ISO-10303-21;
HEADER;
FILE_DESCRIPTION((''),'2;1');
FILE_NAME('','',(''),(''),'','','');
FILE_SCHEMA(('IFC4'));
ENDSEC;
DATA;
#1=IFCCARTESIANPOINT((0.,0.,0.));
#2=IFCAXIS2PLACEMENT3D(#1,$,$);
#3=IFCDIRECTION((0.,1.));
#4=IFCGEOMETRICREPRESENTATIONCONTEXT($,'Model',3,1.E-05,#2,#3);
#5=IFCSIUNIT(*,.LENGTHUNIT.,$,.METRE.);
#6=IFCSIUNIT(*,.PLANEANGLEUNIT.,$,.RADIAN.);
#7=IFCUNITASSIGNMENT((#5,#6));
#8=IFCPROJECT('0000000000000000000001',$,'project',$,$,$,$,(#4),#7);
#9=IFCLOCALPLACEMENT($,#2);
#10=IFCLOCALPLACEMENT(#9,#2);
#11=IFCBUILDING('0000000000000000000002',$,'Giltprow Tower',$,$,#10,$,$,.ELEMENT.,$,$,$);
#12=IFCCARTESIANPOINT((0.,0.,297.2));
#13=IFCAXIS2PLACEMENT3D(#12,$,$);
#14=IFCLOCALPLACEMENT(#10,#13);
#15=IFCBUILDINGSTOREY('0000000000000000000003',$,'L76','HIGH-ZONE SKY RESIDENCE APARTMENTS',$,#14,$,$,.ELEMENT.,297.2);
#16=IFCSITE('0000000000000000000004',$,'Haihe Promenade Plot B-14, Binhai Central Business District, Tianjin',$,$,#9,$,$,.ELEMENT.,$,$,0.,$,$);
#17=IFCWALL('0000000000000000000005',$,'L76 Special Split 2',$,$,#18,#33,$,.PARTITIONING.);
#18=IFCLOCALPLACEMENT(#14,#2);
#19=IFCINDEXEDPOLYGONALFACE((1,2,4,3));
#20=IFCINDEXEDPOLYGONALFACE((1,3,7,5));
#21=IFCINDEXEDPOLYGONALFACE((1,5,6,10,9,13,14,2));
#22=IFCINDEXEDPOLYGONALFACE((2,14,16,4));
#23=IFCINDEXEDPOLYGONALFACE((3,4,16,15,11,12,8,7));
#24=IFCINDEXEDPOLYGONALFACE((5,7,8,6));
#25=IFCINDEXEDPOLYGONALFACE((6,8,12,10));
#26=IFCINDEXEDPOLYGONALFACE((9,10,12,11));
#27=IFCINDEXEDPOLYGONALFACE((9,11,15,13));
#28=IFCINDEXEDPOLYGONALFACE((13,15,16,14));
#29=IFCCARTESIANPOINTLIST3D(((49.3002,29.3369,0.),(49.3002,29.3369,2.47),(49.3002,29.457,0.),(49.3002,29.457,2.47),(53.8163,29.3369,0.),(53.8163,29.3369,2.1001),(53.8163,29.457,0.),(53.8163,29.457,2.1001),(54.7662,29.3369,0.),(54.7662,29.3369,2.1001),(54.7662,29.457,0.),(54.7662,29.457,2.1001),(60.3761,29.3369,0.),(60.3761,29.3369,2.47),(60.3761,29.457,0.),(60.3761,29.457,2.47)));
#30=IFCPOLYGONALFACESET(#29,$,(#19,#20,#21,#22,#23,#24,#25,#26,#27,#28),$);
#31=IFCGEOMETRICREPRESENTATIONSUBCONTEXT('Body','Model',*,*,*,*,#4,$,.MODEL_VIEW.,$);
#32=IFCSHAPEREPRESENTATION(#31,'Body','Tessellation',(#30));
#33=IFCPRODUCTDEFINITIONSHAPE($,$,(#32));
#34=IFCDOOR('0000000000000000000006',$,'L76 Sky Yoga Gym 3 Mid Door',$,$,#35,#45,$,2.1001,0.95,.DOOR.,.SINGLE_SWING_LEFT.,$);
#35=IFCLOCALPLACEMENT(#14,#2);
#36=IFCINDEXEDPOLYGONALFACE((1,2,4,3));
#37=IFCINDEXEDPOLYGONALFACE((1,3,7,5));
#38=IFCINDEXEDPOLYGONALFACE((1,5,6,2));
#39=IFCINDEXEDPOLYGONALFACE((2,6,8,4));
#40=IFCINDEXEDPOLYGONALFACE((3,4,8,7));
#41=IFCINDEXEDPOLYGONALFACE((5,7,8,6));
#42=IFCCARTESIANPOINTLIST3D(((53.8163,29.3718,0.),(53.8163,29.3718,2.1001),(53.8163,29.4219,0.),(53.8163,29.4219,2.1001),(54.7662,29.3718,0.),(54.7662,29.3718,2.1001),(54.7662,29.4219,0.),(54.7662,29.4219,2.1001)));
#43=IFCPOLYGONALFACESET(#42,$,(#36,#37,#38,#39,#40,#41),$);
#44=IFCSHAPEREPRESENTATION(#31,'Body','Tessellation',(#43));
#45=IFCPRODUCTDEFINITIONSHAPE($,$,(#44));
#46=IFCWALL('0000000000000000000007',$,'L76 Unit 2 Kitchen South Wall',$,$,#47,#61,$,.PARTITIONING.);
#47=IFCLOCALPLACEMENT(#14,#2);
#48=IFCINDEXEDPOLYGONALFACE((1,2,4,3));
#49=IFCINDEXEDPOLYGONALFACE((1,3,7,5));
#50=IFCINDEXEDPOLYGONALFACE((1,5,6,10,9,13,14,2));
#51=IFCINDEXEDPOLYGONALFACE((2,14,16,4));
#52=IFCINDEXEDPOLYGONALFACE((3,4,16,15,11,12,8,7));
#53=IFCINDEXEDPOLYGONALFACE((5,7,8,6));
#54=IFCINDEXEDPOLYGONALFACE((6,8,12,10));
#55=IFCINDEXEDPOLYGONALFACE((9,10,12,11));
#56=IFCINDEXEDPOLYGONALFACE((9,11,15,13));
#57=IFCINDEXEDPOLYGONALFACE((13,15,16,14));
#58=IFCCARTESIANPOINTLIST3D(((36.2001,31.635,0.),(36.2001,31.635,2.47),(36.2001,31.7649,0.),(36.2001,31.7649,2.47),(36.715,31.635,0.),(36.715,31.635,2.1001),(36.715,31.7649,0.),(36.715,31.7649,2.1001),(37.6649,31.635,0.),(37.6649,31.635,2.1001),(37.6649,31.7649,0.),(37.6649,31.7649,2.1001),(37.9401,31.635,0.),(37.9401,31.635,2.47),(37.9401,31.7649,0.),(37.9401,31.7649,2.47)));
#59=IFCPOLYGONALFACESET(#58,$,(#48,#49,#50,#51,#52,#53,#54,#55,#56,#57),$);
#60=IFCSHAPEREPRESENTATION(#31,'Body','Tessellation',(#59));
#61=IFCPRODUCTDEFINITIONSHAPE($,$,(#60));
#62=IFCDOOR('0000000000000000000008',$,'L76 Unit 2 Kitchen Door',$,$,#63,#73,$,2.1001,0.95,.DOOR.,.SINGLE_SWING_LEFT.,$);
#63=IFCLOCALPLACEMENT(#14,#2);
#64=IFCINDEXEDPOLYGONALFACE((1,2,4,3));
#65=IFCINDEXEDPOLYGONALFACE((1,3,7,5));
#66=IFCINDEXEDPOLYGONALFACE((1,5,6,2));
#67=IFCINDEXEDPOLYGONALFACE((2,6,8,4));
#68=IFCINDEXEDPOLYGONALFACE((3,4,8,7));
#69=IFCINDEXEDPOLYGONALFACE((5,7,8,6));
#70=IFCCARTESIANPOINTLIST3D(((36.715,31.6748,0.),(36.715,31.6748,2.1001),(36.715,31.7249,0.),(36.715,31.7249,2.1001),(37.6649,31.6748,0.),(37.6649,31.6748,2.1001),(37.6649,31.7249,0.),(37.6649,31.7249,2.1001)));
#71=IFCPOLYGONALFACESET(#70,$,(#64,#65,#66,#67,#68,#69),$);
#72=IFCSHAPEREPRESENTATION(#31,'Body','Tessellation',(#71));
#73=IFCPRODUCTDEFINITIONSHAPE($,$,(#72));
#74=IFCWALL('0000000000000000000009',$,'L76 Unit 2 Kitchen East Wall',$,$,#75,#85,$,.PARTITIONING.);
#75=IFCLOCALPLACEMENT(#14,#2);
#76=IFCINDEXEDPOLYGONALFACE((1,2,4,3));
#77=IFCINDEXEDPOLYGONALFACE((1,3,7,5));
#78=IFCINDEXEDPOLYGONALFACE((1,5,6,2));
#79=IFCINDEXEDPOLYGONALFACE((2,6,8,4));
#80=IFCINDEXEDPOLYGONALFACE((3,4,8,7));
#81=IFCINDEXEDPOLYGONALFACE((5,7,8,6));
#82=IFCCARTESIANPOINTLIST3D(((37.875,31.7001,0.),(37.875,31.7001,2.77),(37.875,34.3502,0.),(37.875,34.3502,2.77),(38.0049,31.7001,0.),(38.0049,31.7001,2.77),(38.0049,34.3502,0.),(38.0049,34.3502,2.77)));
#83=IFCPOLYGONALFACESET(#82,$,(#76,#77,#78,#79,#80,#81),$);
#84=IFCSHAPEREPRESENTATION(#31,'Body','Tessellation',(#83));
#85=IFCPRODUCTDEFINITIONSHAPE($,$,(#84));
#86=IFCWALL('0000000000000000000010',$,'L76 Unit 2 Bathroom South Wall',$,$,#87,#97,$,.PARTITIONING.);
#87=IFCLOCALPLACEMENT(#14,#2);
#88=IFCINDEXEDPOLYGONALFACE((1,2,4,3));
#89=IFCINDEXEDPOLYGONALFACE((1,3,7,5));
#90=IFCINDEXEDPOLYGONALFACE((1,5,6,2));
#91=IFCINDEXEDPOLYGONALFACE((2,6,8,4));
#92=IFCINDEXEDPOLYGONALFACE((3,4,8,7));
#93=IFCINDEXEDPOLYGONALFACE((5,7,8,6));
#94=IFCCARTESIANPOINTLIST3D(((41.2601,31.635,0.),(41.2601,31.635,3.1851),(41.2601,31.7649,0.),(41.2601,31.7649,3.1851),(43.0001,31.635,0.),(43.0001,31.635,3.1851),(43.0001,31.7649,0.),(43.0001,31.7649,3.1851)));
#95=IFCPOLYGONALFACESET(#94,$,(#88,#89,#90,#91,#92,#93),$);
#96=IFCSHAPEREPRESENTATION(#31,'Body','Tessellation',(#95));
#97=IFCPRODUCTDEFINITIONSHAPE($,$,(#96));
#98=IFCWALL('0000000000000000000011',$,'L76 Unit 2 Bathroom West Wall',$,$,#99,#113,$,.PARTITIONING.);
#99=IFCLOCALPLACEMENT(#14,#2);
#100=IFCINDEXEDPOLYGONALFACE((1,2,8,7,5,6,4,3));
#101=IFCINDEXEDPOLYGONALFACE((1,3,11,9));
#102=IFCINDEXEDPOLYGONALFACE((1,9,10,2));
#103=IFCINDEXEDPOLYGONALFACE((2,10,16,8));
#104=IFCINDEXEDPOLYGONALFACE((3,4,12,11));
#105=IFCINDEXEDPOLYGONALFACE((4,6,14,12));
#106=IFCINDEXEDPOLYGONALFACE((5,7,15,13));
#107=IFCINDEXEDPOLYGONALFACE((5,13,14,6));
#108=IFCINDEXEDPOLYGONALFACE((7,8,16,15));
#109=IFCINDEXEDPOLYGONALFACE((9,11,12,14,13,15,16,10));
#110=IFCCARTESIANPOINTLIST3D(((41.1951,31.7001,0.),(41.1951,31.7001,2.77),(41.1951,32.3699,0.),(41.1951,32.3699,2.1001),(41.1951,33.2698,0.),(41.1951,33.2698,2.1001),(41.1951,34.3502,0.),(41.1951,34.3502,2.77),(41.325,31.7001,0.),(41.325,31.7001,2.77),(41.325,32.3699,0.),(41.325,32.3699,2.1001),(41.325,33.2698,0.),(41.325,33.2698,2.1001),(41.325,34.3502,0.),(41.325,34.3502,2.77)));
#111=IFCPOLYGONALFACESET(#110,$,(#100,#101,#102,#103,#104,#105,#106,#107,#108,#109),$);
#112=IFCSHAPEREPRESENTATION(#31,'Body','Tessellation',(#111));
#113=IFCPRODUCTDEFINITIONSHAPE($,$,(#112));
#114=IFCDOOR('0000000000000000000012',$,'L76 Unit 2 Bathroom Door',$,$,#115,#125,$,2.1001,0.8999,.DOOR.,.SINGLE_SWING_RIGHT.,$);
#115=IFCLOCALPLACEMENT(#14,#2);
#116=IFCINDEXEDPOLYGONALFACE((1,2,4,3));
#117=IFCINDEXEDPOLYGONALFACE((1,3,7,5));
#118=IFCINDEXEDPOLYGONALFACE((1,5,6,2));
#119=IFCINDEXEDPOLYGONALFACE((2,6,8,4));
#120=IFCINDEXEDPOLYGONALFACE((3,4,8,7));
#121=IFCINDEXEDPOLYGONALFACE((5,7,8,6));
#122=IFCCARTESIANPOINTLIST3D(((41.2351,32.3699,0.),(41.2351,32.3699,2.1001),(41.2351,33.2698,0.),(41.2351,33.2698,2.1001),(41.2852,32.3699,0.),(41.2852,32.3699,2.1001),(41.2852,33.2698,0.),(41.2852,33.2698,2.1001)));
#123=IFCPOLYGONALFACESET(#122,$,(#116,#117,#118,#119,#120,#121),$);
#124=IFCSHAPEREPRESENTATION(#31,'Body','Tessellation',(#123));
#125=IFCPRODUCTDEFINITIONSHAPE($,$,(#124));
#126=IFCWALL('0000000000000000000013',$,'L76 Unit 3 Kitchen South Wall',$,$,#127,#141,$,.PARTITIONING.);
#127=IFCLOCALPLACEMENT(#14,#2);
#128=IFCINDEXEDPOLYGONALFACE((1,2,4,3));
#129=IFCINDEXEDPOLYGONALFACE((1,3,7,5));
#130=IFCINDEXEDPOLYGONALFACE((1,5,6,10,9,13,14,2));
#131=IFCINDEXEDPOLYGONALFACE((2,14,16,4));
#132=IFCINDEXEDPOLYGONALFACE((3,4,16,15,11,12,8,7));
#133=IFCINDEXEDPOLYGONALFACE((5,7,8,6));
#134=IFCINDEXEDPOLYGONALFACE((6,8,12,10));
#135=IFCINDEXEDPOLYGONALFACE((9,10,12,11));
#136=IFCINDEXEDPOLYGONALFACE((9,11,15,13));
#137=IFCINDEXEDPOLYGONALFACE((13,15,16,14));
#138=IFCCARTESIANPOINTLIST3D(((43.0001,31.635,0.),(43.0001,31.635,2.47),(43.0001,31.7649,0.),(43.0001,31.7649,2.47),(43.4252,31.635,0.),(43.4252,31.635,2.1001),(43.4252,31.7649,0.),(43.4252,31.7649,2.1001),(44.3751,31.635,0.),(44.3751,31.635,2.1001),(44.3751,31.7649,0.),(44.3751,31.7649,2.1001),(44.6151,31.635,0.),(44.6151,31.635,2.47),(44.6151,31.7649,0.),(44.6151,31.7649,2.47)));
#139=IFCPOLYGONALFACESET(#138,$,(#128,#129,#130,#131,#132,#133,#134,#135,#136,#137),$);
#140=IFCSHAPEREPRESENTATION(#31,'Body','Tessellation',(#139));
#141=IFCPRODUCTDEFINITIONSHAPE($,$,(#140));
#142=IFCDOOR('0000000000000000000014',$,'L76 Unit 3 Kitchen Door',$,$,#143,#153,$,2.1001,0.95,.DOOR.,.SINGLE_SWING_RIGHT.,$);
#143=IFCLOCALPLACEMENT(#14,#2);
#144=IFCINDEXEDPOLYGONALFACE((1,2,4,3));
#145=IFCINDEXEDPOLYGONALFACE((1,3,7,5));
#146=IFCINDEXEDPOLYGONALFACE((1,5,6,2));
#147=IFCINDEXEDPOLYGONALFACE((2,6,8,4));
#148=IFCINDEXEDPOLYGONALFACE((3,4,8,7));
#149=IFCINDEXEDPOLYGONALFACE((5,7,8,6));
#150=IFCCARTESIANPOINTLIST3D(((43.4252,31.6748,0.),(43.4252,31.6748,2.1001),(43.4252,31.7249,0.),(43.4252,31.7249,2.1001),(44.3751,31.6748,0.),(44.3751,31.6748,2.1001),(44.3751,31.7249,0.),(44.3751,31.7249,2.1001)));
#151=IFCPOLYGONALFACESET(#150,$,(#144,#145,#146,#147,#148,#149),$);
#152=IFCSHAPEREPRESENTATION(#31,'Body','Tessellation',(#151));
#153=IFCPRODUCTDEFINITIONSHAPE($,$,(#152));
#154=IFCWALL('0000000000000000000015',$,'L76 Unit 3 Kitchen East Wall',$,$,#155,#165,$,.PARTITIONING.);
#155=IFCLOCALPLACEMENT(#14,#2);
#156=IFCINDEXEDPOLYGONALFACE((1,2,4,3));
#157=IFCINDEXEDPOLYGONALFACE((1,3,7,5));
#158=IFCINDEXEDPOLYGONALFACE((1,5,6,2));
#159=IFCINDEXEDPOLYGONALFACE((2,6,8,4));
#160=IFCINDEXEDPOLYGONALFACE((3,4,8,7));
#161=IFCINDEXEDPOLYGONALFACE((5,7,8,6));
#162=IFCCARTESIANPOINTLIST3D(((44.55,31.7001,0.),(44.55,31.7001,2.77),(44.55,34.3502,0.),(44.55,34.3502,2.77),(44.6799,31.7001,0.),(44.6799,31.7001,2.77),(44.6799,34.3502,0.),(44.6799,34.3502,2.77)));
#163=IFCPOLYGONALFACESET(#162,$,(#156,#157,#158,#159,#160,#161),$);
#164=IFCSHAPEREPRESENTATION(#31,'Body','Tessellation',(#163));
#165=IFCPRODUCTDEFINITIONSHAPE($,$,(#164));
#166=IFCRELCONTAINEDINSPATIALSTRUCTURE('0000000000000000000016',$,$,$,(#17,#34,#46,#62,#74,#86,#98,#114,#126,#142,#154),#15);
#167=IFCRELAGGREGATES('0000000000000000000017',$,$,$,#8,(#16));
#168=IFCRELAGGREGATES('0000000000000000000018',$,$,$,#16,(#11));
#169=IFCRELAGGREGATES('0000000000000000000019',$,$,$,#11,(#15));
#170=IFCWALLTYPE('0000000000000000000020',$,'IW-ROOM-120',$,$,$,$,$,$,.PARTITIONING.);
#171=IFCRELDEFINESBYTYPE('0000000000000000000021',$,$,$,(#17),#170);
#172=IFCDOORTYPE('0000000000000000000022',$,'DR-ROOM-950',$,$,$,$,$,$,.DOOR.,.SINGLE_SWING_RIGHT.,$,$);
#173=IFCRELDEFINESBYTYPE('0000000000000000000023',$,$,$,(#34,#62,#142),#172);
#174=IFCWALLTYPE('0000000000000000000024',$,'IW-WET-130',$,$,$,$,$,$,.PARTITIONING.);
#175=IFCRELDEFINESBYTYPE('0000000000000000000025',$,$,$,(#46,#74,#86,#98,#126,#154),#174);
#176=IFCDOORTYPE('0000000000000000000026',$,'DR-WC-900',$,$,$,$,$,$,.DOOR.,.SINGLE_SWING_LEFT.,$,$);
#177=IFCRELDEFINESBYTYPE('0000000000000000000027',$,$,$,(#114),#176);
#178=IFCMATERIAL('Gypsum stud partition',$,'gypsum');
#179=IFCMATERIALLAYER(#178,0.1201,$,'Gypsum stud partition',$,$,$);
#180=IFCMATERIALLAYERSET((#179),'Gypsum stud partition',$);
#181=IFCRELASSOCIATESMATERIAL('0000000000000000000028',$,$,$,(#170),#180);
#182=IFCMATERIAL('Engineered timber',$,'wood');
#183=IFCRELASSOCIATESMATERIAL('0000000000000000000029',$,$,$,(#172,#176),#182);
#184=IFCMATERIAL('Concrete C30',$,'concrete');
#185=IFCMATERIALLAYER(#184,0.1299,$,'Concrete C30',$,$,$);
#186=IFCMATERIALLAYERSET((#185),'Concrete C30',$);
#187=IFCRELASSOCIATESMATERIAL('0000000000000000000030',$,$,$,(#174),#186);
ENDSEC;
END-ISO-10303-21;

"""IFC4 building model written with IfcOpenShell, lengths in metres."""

from ifc_helpers import new_model, si_unit, direction, frame, frame_2d, origin, place, context, subcontext, project, spatial, rectangle, extrude, source, transform, mapped, material, layer, layer_set, type_object, element, fill, save


model = new_model("IFC4")

# Units and contexts
model_context = context("Model", 3, precision=1e-05, world=origin(), true_north=direction((0.0, 1.0)))
body_context = subcontext(model_context, "Body", "Model", "MODEL_VIEW")
ifc_project = project(units=[si_unit("LENGTHUNIT", "METRE"), si_unit("PLANEANGLEUNIT", "RADIAN")], contexts=[model_context])

# Site, building, storey
site_placement = place(None, origin())
site = spatial("IfcSite", under=ifc_project, at=site_placement, Name="Haihe Promenade Plot B-14, Binhai Central Business District, Tianjin", CompositionType="ELEMENT", RefElevation=0.0)
building_placement = place(site_placement, origin())
building = spatial("IfcBuilding", under=site, at=building_placement, Name="Giltprow Tower", CompositionType="ELEMENT")
storey_placement = place(building_placement, frame((0.0, 0.0, 297.2)))
storey = spatial("IfcBuildingStorey", under=building, at=storey_placement, Name="L76", Description="HIGH-ZONE SKY RESIDENCE APARTMENTS", CompositionType="ELEMENT", Elevation=297.2)

# Shared definitions
ifc_material_1 = material(Name="Gypsum stud partition", Category="gypsum")
ifc_layer_1 = layer(ifc_material_1, 0.1201, Name="Gypsum stud partition")
ifc_layer_set_1 = layer_set([ifc_layer_1], Name="Gypsum stud partition")
wall_type_1 = type_object("IfcWallType", Name="IW-ROOM-120", PredefinedType="PARTITIONING", material=ifc_layer_set_1)

# Walls, openings, doors
ifc_material_2 = material(Name="Engineered timber", Category="wood")
door_type_1 = type_object("IfcDoorType", Name="DR-ROOM-950", OperationType="SINGLE_SWING_RIGHT", PredefinedType="DOOR", material=ifc_material_2)
shared_shape_1 = source(origin(), body_context, "Body", "SweptSolid", [
    extrude(rectangle(XDim=0.95, YDim=2.1001, at=frame_2d((0.4751, 1.05))), frame((0.0, 0.0249, 0.0), z_axis=(0.0, -1.0, 0.0), x_axis=(1.0, 0.0, 0.0)), (0.0, 0.0, 1.0), 0.05),
])
wall_1_placement = place(storey_placement, frame((49.3, 29.397, 0.0), z_axis=(0.0, 0.0, 1.0), x_axis=(1.0, 0.0, 0.0)))
wall_1 = element("IfcWall", 1, at=wall_1_placement, inside=storey, type_object=wall_type_1, Name="L76 Special Split 2", PredefinedType="PARTITIONING", context=body_context, shape_type="SweptSolid", body=[
    extrude(rectangle(XDim=11.0759, YDim=0.1201, at=frame_2d((5.5381, 0.0))), origin(), (0.0, 0.0, 1.0), 2.47),
])
opening_1_placement = place(wall_1_placement, frame((4.5161, 0.0, 0.0)))
opening_1 = element("IfcOpeningElement", 2, at=opening_1_placement, cuts=wall_1, PredefinedType="OPENING", context=body_context, shape_type="SweptSolid", body=[
    extrude(rectangle(XDim=0.95, YDim=2.1001, at=frame_2d((0.4751, 1.05))), frame((0.0, 0.0701, 0.0), z_axis=(0.0, -1.0, 0.0), x_axis=(1.0, 0.0, 0.0)), (0.0, 0.0, 1.0), 0.1401),
])
door_1_placement = place(opening_1_placement, origin())
door_1 = element("IfcDoor", 3, at=door_1_placement, inside=storey, type_object=door_type_1, Name="L76 Sky Yoga Gym 3 Mid Door", OperationType="SINGLE_SWING_LEFT", OverallHeight=2.1001, OverallWidth=0.95, PredefinedType="DOOR", context=body_context, shape_type="MappedRepresentation", body=[
    mapped(shared_shape_1, transform((0.0, 0.0, 0.0), x_axis=(1.0, 0.0, 0.0), y_axis=(0.0, 1.0, 0.0), z_axis=(0.0, 0.0, 1.0), scale=1.0)),
])
fill(opening_1, door_1)
ifc_material_3 = material(Name="Concrete C30", Category="concrete")
ifc_layer_2 = layer(ifc_material_3, 0.1299, Name="Concrete C30")
ifc_layer_set_2 = layer_set([ifc_layer_2], Name="Concrete C30")
wall_type_2 = type_object("IfcWallType", Name="IW-WET-130", PredefinedType="PARTITIONING", material=ifc_layer_set_2)
wall_2_placement = place(storey_placement, frame((36.2, 31.7, 0.0), z_axis=(0.0, 0.0, 1.0), x_axis=(1.0, 0.0, 0.0)))
wall_2 = element("IfcWall", 4, at=wall_2_placement, inside=storey, type_object=wall_type_2, Name="L76 Unit 2 Kitchen South Wall", PredefinedType="PARTITIONING", context=body_context, shape_type="SweptSolid", body=[
    extrude(rectangle(XDim=1.74, YDim=0.1299, at=frame_2d((0.8701, 0.0))), origin(), (0.0, 0.0, 1.0), 2.47),
])
opening_2_placement = place(wall_2_placement, frame((0.5149, 0.0, 0.0)))
opening_2 = element("IfcOpeningElement", 5, at=opening_2_placement, cuts=wall_2, PredefinedType="OPENING", context=body_context, shape_type="SweptSolid", body=[
    extrude(rectangle(XDim=0.95, YDim=2.1001, at=frame_2d((0.4751, 1.05))), frame((0.0, 0.075, 0.0), z_axis=(0.0, -1.0, 0.0), x_axis=(1.0, 0.0, 0.0)), (0.0, 0.0, 1.0), 0.1499),
])
door_2_placement = place(opening_2_placement, origin())
door_2 = element("IfcDoor", 6, at=door_2_placement, inside=storey, type_object=door_type_1, Name="L76 Unit 2 Kitchen Door", OperationType="SINGLE_SWING_LEFT", OverallHeight=2.1001, OverallWidth=0.95, PredefinedType="DOOR", context=body_context, shape_type="MappedRepresentation", body=[
    mapped(shared_shape_1, transform((0.0, 0.0, 0.0), x_axis=(1.0, 0.0, 0.0), y_axis=(0.0, 1.0, 0.0), z_axis=(0.0, 0.0, 1.0), scale=1.0)),
])
fill(opening_2, door_2)

# Walls
wall_3_placement = place(storey_placement, frame((37.9399, 31.7, 0.0), z_axis=(0.0, 0.0, 1.0), x_axis=(0.0, 1.0, 0.0)))
element("IfcWall", 7, at=wall_3_placement, inside=storey, type_object=wall_type_2, Name="L76 Unit 2 Kitchen East Wall", PredefinedType="PARTITIONING", context=body_context, shape_type="SweptSolid", body=[
    extrude(rectangle(XDim=2.6501, YDim=0.1299, at=frame_2d((1.3252, 0.0))), origin(), (0.0, 0.0, 1.0), 2.77),
])
wall_4_placement = place(storey_placement, frame((41.26, 31.7, 0.0), z_axis=(0.0, 0.0, 1.0), x_axis=(1.0, 0.0, 0.0)))
element("IfcWall", 8, at=wall_4_placement, inside=storey, type_object=wall_type_2, Name="L76 Unit 2 Bathroom South Wall", PredefinedType="PARTITIONING", context=body_context, shape_type="SweptSolid", body=[
    extrude(rectangle(XDim=1.74, YDim=0.1299, at=frame_2d((0.8701, 0.0))), origin(), (0.0, 0.0, 1.0), 3.1851),
])

# Walls, openings, doors
wall_5_placement = place(storey_placement, frame((41.26, 31.7, 0.0), z_axis=(0.0, 0.0, 1.0), x_axis=(0.0, 1.0, 0.0)))
wall_5 = element("IfcWall", 9, at=wall_5_placement, inside=storey, type_object=wall_type_2, Name="L76 Unit 2 Bathroom West Wall", PredefinedType="PARTITIONING", context=body_context, shape_type="SweptSolid", body=[
    extrude(rectangle(XDim=2.6501, YDim=0.1299, at=frame_2d((1.3252, 0.0))), origin(), (0.0, 0.0, 1.0), 2.77),
])
opening_3_placement = place(wall_5_placement, frame((0.6699, 0.0, 0.0)))
opening_3 = element("IfcOpeningElement", 10, at=opening_3_placement, cuts=wall_5, PredefinedType="OPENING", context=body_context, shape_type="SweptSolid", body=[
    extrude(rectangle(XDim=0.8999, YDim=2.1001, at=frame_2d((0.45, 1.05))), frame((0.0, 0.075, 0.0), z_axis=(0.0, -1.0, 0.0), x_axis=(1.0, 0.0, 0.0)), (0.0, 0.0, 1.0), 0.1499),
])
door_type_2 = type_object("IfcDoorType", Name="DR-WC-900", OperationType="SINGLE_SWING_LEFT", PredefinedType="DOOR", material=ifc_material_2)
shared_shape_2 = source(origin(), body_context, "Body", "SweptSolid", [
    extrude(rectangle(XDim=0.8999, YDim=2.1001, at=frame_2d((0.45, 1.05))), frame((0.0, 0.0249, 0.0), z_axis=(0.0, -1.0, 0.0), x_axis=(1.0, 0.0, 0.0)), (0.0, 0.0, 1.0), 0.05),
])
door_3_placement = place(opening_3_placement, origin())
door_3 = element("IfcDoor", 11, at=door_3_placement, inside=storey, type_object=door_type_2, Name="L76 Unit 2 Bathroom Door", OperationType="SINGLE_SWING_RIGHT", OverallHeight=2.1001, OverallWidth=0.8999, PredefinedType="DOOR", context=body_context, shape_type="MappedRepresentation", body=[
    mapped(shared_shape_2, transform((0.0, 0.0, 0.0), x_axis=(1.0, 0.0, 0.0), y_axis=(0.0, 1.0, 0.0), z_axis=(0.0, 0.0, 1.0), scale=1.0)),
])
fill(opening_3, door_3)
wall_6_placement = place(storey_placement, frame((43.0, 31.7, 0.0), z_axis=(0.0, 0.0, 1.0), x_axis=(1.0, 0.0, 0.0)))
wall_6 = element("IfcWall", 12, at=wall_6_placement, inside=storey, type_object=wall_type_2, Name="L76 Unit 3 Kitchen South Wall", PredefinedType="PARTITIONING", context=body_context, shape_type="SweptSolid", body=[
    extrude(rectangle(XDim=1.615, YDim=0.1299, at=frame_2d((0.8076, 0.0))), origin(), (0.0, 0.0, 1.0), 2.47),
])
opening_4_placement = place(wall_6_placement, frame((0.425, 0.0, 0.0)))
opening_4 = element("IfcOpeningElement", 13, at=opening_4_placement, cuts=wall_6, PredefinedType="OPENING", context=body_context, shape_type="SweptSolid", body=[
    extrude(rectangle(XDim=0.95, YDim=2.1001, at=frame_2d((0.4751, 1.05))), frame((0.0, 0.075, 0.0), z_axis=(0.0, -1.0, 0.0), x_axis=(1.0, 0.0, 0.0)), (0.0, 0.0, 1.0), 0.1499),
])
door_4_placement = place(opening_4_placement, origin())
door_4 = element("IfcDoor", 14, at=door_4_placement, inside=storey, type_object=door_type_1, Name="L76 Unit 3 Kitchen Door", OperationType="SINGLE_SWING_RIGHT", OverallHeight=2.1001, OverallWidth=0.95, PredefinedType="DOOR", context=body_context, shape_type="MappedRepresentation", body=[
    mapped(shared_shape_1, transform((0.0, 0.0, 0.0), x_axis=(1.0, 0.0, 0.0), y_axis=(0.0, 1.0, 0.0), z_axis=(0.0, 0.0, 1.0), scale=1.0)),
])
fill(opening_4, door_4)

# Wall
wall_7_placement = place(storey_placement, frame((44.615, 31.7, 0.0), z_axis=(0.0, 0.0, 1.0), x_axis=(0.0, 1.0, 0.0)))
element("IfcWall", 15, at=wall_7_placement, inside=storey, type_object=wall_type_2, Name="L76 Unit 3 Kitchen East Wall", PredefinedType="PARTITIONING", context=body_context, shape_type="SweptSolid", body=[
    extrude(rectangle(XDim=2.6501, YDim=0.1299, at=frame_2d((1.3252, 0.0))), origin(), (0.0, 0.0, 1.0), 2.77),
])

save(model, "model.ifc")
